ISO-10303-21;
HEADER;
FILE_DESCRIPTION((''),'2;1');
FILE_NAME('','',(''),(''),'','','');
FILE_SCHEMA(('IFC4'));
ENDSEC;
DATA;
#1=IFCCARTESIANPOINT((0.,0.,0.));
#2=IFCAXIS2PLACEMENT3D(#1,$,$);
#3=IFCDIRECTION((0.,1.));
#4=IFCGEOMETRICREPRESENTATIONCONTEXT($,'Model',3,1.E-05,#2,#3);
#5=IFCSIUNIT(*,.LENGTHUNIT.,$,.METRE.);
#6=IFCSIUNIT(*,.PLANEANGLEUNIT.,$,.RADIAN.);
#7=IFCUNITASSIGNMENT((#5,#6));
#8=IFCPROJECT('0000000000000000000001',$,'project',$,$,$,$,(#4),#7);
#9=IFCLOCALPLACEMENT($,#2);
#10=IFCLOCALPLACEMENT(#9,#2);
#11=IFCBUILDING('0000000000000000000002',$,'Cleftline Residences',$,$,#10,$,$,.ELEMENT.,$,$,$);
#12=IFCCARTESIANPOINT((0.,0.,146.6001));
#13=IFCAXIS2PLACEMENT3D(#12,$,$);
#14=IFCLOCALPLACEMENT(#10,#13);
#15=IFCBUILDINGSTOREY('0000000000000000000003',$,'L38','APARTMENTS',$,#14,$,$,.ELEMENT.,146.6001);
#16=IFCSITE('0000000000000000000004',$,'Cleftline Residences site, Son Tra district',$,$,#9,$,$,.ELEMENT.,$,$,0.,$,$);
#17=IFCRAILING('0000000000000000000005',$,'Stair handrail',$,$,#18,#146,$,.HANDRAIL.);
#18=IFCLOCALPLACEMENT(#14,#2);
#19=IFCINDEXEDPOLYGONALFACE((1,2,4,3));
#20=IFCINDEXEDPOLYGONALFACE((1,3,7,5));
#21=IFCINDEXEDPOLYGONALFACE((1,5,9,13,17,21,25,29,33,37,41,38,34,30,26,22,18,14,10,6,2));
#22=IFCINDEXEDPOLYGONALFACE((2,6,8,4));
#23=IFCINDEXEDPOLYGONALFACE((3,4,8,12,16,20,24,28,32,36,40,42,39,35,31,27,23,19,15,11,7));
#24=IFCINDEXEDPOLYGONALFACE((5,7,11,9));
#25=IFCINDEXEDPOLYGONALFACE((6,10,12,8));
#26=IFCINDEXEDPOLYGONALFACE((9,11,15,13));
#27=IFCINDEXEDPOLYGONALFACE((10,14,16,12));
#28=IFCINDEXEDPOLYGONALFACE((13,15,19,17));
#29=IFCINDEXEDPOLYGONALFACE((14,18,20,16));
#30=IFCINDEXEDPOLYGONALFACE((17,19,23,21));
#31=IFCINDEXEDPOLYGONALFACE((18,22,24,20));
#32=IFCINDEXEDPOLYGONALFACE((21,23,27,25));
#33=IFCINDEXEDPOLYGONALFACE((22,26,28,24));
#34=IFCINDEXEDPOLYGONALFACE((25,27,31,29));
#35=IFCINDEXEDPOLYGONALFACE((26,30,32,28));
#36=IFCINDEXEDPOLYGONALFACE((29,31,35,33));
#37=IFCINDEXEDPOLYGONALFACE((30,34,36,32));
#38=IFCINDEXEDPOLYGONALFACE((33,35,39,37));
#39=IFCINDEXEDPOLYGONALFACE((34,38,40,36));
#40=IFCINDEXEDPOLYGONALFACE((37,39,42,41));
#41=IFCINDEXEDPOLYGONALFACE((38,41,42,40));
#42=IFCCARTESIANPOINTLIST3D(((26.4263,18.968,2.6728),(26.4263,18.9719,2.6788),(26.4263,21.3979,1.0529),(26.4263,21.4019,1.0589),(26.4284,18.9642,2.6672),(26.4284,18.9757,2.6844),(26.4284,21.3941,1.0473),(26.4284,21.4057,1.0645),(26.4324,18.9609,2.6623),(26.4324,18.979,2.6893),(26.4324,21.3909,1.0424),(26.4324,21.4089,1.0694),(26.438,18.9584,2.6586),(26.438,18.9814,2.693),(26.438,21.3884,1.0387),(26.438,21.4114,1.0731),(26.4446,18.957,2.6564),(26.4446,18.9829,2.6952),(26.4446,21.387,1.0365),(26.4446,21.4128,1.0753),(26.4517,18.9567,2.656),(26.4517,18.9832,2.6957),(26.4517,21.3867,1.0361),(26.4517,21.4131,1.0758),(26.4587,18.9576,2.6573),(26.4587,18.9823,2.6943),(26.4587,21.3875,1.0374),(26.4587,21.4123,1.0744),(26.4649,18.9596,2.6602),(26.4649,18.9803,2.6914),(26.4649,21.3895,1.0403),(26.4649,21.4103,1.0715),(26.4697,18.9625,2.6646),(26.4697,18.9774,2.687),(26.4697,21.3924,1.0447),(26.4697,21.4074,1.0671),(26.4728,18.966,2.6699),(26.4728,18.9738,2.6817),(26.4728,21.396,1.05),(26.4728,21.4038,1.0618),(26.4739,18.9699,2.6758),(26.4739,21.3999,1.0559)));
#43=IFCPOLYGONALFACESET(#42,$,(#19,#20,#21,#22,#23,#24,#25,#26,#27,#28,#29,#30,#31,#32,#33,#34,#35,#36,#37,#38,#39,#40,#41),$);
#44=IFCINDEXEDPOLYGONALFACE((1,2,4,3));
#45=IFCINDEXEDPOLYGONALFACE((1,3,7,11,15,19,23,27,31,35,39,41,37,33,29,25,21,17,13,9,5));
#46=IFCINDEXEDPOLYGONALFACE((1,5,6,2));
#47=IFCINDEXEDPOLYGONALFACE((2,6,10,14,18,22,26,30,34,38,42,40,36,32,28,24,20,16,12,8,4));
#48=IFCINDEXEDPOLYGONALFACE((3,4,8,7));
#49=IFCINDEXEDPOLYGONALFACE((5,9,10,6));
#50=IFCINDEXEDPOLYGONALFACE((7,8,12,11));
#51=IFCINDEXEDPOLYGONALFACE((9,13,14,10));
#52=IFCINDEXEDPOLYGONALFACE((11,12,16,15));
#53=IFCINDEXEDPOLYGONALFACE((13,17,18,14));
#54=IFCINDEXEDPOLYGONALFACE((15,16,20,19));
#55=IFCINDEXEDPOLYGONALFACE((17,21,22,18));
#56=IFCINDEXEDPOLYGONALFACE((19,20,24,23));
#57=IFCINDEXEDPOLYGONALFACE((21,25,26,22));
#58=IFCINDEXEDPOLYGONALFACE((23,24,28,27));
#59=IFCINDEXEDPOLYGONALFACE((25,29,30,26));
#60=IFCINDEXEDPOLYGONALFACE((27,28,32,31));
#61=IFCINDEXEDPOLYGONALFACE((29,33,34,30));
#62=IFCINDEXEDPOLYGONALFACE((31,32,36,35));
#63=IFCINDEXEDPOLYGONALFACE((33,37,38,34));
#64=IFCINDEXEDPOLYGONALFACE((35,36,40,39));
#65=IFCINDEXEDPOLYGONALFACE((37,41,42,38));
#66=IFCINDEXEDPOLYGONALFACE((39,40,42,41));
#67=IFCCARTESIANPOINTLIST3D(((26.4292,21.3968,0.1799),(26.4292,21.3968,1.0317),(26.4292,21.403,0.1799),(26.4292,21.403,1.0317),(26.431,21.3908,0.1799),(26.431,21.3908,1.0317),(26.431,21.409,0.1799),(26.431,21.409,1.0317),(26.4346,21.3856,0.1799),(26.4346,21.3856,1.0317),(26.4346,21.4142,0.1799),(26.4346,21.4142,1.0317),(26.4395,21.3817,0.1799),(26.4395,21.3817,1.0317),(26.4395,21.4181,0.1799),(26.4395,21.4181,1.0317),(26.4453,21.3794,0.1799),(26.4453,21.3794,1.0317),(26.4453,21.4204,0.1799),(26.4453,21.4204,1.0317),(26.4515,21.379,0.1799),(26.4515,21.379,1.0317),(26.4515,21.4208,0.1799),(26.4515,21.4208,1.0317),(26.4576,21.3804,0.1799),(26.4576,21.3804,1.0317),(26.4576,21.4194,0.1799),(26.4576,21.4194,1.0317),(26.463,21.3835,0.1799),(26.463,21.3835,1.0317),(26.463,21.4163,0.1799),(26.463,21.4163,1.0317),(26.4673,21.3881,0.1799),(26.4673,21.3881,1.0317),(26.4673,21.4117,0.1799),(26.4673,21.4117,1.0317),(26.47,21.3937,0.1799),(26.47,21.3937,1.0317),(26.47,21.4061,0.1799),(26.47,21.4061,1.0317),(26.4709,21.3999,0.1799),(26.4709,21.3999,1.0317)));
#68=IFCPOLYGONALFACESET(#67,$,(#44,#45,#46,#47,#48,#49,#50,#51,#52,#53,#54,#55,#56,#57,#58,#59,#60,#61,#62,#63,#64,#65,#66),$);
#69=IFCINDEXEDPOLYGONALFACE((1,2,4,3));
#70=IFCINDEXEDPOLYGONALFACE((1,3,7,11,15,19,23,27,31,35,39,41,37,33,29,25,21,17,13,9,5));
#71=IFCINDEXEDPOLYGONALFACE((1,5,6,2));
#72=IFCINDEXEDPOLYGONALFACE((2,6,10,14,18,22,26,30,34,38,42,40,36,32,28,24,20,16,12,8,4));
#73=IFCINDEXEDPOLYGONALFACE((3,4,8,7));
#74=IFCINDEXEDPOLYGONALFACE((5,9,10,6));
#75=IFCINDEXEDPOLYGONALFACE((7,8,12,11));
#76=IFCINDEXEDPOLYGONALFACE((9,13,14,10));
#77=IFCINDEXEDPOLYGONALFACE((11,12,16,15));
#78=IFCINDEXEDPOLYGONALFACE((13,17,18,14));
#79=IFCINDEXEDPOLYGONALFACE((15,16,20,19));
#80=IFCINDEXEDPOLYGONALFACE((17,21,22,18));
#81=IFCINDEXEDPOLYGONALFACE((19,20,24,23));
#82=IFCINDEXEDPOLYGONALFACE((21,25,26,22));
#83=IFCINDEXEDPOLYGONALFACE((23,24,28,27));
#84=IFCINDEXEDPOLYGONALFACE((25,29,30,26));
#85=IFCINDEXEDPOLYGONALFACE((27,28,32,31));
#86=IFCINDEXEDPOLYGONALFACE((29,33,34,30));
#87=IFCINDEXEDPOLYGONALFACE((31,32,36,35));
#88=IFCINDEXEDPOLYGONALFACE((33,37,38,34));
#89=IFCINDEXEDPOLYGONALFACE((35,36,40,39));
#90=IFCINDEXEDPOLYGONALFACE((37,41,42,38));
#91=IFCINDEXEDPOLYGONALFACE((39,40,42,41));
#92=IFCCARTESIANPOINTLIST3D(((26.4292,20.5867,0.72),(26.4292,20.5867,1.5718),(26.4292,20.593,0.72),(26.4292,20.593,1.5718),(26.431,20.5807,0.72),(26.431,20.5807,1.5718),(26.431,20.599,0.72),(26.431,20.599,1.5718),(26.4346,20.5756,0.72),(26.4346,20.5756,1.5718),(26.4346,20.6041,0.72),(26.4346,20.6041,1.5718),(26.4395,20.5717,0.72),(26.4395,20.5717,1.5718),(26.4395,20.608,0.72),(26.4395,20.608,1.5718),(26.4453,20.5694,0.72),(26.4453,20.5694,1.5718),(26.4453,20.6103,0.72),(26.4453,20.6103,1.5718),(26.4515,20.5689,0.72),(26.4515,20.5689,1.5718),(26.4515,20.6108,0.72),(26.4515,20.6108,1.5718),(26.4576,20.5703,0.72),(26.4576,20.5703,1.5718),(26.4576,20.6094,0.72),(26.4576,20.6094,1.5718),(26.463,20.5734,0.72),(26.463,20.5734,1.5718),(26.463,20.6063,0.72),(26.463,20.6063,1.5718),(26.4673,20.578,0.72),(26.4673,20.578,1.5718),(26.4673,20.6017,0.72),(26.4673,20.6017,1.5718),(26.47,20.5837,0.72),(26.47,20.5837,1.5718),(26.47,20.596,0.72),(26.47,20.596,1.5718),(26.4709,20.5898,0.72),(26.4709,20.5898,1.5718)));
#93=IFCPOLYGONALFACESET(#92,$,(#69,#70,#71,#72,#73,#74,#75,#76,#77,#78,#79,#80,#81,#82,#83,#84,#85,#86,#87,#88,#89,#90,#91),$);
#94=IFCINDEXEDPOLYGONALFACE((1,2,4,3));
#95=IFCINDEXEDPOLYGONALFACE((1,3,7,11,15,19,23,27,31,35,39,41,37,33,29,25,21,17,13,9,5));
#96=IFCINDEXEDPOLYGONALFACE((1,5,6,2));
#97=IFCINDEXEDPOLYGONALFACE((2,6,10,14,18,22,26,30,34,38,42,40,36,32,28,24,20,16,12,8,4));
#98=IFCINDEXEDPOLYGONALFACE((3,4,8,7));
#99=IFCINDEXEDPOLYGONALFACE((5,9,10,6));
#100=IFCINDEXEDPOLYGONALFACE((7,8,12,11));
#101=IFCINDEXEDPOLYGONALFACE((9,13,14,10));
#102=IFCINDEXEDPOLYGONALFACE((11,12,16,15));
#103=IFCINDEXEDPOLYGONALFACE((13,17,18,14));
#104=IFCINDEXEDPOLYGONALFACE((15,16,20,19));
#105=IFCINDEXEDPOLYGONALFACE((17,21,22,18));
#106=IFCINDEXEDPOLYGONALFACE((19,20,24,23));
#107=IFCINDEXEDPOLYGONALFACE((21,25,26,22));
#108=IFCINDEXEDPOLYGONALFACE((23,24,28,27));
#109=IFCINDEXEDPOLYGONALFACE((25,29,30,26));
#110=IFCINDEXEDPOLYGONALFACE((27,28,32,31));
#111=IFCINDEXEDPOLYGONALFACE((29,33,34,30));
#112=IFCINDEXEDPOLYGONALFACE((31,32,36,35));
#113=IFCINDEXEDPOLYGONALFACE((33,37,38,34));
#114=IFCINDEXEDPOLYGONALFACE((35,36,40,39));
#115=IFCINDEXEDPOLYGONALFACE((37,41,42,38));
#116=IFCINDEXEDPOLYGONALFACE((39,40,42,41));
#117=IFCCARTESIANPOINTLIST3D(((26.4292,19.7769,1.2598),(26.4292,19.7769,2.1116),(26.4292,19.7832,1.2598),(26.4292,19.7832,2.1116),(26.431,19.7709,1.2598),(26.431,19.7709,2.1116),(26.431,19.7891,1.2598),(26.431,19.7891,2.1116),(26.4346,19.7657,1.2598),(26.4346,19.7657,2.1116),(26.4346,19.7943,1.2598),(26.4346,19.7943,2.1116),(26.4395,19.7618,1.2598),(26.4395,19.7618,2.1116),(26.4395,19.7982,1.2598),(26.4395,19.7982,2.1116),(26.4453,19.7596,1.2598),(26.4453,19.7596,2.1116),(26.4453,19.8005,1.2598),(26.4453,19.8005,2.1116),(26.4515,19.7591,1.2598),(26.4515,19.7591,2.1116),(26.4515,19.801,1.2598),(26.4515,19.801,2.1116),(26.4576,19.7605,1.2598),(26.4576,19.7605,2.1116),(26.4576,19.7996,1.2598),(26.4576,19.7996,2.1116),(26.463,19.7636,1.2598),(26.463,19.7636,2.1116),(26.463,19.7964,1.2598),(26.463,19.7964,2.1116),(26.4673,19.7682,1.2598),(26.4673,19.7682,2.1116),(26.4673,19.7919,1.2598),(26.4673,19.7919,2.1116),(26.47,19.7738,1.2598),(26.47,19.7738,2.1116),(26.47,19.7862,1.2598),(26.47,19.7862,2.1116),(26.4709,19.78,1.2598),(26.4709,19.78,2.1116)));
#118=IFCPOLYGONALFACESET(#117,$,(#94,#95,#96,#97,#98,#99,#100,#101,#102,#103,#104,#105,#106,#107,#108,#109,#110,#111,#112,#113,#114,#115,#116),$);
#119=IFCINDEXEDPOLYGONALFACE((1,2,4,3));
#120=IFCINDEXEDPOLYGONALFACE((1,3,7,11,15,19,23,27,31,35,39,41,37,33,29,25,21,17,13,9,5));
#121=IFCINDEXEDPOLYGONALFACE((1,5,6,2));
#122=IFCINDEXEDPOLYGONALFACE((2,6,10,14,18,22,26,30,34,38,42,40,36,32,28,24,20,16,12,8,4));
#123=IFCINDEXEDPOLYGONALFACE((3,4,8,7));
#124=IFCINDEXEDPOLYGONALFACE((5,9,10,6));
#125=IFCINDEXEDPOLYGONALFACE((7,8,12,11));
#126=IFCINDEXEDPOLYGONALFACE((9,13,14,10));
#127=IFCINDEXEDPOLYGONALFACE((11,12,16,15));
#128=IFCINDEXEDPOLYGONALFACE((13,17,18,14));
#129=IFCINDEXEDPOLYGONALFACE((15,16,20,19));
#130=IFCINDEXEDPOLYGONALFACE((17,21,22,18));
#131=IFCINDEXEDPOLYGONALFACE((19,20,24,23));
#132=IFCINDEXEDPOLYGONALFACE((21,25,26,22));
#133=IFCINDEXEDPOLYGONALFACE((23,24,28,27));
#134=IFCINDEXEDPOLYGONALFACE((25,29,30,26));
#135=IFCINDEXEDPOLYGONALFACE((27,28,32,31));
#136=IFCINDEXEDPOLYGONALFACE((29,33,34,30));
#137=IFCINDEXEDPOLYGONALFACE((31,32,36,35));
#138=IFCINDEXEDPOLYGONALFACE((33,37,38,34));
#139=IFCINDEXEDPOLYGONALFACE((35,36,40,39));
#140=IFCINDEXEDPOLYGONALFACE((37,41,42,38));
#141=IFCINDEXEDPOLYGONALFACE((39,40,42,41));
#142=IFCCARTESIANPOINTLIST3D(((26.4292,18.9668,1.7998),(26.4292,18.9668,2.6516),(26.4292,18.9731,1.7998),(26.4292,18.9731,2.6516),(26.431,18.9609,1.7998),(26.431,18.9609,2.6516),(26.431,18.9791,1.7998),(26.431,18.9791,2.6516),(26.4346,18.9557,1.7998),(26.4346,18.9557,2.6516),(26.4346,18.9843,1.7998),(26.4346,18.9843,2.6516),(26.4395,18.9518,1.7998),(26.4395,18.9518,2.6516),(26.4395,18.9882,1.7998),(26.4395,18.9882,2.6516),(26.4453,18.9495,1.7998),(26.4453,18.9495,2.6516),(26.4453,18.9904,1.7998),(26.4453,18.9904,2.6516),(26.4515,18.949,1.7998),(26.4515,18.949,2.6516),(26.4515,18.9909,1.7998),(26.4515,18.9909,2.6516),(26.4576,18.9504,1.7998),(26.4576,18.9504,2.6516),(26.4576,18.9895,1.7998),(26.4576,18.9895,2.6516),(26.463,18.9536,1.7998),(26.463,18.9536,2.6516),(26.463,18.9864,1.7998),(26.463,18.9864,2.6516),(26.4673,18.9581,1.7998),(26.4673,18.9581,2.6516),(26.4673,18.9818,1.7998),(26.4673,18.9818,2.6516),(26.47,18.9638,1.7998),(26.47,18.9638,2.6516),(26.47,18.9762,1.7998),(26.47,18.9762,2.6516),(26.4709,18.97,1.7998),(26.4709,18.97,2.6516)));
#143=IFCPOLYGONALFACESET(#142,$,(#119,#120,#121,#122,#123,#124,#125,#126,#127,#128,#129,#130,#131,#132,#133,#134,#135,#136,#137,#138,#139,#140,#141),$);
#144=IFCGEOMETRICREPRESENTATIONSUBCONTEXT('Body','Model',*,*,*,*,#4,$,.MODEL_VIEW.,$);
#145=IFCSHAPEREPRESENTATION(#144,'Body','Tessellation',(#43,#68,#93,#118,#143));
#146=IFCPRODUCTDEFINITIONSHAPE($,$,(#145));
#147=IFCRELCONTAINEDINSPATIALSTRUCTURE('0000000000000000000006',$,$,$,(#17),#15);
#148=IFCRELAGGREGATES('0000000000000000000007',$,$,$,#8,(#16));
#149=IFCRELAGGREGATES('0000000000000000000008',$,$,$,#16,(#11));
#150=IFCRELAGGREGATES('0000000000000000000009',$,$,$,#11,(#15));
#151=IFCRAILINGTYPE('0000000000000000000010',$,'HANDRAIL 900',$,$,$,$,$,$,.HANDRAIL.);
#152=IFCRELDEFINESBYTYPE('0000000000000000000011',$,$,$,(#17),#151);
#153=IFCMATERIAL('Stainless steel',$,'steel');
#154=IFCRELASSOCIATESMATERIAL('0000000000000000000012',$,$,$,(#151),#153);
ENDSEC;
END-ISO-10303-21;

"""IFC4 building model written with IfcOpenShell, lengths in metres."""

from ifc_helpers import new_model, si_unit, direction, frame, origin, origin_2d, place, context, subcontext, project, spatial, circle, extrude, material, type_object, element, save


model = new_model("IFC4")

# Units and contexts
model_context = context("Model", 3, precision=1e-05, world=origin(), true_north=direction((0.0, 1.0)))
body_context = subcontext(model_context, "Body", "Model", "MODEL_VIEW")
ifc_project = project(units=[si_unit("LENGTHUNIT", "METRE"), si_unit("PLANEANGLEUNIT", "RADIAN")], contexts=[model_context])

# Site, building, storey
site_placement = place(None, origin())
site = spatial("IfcSite", under=ifc_project, at=site_placement, Name="Cleftline Residences site, Son Tra district", CompositionType="ELEMENT", RefElevation=0.0)
building_placement = place(site_placement, origin())
building = spatial("IfcBuilding", under=site, at=building_placement, Name="Cleftline Residences", CompositionType="ELEMENT")
storey_placement = place(building_placement, frame((0.0, 0.0, 146.6001)))
storey = spatial("IfcBuildingStorey", under=building, at=storey_placement, Name="L38", Description="APARTMENTS", CompositionType="ELEMENT", Elevation=146.6001)

# Railing
ifc_material_1 = material(Name="Stainless steel", Category="steel")
railing_type = type_object("IfcRailingType", Name="HANDRAIL 900", PredefinedType="HANDRAIL", material=ifc_material_1)
railing_1_placement = place(storey_placement, frame((26.45, 21.3999, 0.1799)))
element("IfcRailing", 1, at=railing_1_placement, inside=storey, type_object=railing_type, Name="Stair handrail", PredefinedType="HANDRAIL", context=body_context, shape_type="SweptSolid", body=[
    extrude(circle(Radius=0.0239, at=origin_2d()), frame((0.0, 0.0, 0.876), z_axis=(0.0, -0.832063, 0.554681), x_axis=(1.0, 0.0, 0.0)), (0.0, 0.0, 1.0), 2.9204),
    extrude(circle(Radius=0.021, at=origin_2d()), origin(), (0.0, 0.0, 1.0), 0.8518),
    extrude(circle(Radius=0.021, at=origin_2d()), frame((0.0, -0.8101, 0.54)), (0.0, 0.0, 1.0), 0.8518),
    extrude(circle(Radius=0.021, at=origin_2d()), frame((0.0, -1.6199, 1.0798)), (0.0, 0.0, 1.0), 0.8518),
    extrude(circle(Radius=0.021, at=origin_2d()), frame((0.0, -2.4299, 1.6199)), (0.0, 0.0, 1.0), 0.8518),
])

save(model, "model.ifc")
